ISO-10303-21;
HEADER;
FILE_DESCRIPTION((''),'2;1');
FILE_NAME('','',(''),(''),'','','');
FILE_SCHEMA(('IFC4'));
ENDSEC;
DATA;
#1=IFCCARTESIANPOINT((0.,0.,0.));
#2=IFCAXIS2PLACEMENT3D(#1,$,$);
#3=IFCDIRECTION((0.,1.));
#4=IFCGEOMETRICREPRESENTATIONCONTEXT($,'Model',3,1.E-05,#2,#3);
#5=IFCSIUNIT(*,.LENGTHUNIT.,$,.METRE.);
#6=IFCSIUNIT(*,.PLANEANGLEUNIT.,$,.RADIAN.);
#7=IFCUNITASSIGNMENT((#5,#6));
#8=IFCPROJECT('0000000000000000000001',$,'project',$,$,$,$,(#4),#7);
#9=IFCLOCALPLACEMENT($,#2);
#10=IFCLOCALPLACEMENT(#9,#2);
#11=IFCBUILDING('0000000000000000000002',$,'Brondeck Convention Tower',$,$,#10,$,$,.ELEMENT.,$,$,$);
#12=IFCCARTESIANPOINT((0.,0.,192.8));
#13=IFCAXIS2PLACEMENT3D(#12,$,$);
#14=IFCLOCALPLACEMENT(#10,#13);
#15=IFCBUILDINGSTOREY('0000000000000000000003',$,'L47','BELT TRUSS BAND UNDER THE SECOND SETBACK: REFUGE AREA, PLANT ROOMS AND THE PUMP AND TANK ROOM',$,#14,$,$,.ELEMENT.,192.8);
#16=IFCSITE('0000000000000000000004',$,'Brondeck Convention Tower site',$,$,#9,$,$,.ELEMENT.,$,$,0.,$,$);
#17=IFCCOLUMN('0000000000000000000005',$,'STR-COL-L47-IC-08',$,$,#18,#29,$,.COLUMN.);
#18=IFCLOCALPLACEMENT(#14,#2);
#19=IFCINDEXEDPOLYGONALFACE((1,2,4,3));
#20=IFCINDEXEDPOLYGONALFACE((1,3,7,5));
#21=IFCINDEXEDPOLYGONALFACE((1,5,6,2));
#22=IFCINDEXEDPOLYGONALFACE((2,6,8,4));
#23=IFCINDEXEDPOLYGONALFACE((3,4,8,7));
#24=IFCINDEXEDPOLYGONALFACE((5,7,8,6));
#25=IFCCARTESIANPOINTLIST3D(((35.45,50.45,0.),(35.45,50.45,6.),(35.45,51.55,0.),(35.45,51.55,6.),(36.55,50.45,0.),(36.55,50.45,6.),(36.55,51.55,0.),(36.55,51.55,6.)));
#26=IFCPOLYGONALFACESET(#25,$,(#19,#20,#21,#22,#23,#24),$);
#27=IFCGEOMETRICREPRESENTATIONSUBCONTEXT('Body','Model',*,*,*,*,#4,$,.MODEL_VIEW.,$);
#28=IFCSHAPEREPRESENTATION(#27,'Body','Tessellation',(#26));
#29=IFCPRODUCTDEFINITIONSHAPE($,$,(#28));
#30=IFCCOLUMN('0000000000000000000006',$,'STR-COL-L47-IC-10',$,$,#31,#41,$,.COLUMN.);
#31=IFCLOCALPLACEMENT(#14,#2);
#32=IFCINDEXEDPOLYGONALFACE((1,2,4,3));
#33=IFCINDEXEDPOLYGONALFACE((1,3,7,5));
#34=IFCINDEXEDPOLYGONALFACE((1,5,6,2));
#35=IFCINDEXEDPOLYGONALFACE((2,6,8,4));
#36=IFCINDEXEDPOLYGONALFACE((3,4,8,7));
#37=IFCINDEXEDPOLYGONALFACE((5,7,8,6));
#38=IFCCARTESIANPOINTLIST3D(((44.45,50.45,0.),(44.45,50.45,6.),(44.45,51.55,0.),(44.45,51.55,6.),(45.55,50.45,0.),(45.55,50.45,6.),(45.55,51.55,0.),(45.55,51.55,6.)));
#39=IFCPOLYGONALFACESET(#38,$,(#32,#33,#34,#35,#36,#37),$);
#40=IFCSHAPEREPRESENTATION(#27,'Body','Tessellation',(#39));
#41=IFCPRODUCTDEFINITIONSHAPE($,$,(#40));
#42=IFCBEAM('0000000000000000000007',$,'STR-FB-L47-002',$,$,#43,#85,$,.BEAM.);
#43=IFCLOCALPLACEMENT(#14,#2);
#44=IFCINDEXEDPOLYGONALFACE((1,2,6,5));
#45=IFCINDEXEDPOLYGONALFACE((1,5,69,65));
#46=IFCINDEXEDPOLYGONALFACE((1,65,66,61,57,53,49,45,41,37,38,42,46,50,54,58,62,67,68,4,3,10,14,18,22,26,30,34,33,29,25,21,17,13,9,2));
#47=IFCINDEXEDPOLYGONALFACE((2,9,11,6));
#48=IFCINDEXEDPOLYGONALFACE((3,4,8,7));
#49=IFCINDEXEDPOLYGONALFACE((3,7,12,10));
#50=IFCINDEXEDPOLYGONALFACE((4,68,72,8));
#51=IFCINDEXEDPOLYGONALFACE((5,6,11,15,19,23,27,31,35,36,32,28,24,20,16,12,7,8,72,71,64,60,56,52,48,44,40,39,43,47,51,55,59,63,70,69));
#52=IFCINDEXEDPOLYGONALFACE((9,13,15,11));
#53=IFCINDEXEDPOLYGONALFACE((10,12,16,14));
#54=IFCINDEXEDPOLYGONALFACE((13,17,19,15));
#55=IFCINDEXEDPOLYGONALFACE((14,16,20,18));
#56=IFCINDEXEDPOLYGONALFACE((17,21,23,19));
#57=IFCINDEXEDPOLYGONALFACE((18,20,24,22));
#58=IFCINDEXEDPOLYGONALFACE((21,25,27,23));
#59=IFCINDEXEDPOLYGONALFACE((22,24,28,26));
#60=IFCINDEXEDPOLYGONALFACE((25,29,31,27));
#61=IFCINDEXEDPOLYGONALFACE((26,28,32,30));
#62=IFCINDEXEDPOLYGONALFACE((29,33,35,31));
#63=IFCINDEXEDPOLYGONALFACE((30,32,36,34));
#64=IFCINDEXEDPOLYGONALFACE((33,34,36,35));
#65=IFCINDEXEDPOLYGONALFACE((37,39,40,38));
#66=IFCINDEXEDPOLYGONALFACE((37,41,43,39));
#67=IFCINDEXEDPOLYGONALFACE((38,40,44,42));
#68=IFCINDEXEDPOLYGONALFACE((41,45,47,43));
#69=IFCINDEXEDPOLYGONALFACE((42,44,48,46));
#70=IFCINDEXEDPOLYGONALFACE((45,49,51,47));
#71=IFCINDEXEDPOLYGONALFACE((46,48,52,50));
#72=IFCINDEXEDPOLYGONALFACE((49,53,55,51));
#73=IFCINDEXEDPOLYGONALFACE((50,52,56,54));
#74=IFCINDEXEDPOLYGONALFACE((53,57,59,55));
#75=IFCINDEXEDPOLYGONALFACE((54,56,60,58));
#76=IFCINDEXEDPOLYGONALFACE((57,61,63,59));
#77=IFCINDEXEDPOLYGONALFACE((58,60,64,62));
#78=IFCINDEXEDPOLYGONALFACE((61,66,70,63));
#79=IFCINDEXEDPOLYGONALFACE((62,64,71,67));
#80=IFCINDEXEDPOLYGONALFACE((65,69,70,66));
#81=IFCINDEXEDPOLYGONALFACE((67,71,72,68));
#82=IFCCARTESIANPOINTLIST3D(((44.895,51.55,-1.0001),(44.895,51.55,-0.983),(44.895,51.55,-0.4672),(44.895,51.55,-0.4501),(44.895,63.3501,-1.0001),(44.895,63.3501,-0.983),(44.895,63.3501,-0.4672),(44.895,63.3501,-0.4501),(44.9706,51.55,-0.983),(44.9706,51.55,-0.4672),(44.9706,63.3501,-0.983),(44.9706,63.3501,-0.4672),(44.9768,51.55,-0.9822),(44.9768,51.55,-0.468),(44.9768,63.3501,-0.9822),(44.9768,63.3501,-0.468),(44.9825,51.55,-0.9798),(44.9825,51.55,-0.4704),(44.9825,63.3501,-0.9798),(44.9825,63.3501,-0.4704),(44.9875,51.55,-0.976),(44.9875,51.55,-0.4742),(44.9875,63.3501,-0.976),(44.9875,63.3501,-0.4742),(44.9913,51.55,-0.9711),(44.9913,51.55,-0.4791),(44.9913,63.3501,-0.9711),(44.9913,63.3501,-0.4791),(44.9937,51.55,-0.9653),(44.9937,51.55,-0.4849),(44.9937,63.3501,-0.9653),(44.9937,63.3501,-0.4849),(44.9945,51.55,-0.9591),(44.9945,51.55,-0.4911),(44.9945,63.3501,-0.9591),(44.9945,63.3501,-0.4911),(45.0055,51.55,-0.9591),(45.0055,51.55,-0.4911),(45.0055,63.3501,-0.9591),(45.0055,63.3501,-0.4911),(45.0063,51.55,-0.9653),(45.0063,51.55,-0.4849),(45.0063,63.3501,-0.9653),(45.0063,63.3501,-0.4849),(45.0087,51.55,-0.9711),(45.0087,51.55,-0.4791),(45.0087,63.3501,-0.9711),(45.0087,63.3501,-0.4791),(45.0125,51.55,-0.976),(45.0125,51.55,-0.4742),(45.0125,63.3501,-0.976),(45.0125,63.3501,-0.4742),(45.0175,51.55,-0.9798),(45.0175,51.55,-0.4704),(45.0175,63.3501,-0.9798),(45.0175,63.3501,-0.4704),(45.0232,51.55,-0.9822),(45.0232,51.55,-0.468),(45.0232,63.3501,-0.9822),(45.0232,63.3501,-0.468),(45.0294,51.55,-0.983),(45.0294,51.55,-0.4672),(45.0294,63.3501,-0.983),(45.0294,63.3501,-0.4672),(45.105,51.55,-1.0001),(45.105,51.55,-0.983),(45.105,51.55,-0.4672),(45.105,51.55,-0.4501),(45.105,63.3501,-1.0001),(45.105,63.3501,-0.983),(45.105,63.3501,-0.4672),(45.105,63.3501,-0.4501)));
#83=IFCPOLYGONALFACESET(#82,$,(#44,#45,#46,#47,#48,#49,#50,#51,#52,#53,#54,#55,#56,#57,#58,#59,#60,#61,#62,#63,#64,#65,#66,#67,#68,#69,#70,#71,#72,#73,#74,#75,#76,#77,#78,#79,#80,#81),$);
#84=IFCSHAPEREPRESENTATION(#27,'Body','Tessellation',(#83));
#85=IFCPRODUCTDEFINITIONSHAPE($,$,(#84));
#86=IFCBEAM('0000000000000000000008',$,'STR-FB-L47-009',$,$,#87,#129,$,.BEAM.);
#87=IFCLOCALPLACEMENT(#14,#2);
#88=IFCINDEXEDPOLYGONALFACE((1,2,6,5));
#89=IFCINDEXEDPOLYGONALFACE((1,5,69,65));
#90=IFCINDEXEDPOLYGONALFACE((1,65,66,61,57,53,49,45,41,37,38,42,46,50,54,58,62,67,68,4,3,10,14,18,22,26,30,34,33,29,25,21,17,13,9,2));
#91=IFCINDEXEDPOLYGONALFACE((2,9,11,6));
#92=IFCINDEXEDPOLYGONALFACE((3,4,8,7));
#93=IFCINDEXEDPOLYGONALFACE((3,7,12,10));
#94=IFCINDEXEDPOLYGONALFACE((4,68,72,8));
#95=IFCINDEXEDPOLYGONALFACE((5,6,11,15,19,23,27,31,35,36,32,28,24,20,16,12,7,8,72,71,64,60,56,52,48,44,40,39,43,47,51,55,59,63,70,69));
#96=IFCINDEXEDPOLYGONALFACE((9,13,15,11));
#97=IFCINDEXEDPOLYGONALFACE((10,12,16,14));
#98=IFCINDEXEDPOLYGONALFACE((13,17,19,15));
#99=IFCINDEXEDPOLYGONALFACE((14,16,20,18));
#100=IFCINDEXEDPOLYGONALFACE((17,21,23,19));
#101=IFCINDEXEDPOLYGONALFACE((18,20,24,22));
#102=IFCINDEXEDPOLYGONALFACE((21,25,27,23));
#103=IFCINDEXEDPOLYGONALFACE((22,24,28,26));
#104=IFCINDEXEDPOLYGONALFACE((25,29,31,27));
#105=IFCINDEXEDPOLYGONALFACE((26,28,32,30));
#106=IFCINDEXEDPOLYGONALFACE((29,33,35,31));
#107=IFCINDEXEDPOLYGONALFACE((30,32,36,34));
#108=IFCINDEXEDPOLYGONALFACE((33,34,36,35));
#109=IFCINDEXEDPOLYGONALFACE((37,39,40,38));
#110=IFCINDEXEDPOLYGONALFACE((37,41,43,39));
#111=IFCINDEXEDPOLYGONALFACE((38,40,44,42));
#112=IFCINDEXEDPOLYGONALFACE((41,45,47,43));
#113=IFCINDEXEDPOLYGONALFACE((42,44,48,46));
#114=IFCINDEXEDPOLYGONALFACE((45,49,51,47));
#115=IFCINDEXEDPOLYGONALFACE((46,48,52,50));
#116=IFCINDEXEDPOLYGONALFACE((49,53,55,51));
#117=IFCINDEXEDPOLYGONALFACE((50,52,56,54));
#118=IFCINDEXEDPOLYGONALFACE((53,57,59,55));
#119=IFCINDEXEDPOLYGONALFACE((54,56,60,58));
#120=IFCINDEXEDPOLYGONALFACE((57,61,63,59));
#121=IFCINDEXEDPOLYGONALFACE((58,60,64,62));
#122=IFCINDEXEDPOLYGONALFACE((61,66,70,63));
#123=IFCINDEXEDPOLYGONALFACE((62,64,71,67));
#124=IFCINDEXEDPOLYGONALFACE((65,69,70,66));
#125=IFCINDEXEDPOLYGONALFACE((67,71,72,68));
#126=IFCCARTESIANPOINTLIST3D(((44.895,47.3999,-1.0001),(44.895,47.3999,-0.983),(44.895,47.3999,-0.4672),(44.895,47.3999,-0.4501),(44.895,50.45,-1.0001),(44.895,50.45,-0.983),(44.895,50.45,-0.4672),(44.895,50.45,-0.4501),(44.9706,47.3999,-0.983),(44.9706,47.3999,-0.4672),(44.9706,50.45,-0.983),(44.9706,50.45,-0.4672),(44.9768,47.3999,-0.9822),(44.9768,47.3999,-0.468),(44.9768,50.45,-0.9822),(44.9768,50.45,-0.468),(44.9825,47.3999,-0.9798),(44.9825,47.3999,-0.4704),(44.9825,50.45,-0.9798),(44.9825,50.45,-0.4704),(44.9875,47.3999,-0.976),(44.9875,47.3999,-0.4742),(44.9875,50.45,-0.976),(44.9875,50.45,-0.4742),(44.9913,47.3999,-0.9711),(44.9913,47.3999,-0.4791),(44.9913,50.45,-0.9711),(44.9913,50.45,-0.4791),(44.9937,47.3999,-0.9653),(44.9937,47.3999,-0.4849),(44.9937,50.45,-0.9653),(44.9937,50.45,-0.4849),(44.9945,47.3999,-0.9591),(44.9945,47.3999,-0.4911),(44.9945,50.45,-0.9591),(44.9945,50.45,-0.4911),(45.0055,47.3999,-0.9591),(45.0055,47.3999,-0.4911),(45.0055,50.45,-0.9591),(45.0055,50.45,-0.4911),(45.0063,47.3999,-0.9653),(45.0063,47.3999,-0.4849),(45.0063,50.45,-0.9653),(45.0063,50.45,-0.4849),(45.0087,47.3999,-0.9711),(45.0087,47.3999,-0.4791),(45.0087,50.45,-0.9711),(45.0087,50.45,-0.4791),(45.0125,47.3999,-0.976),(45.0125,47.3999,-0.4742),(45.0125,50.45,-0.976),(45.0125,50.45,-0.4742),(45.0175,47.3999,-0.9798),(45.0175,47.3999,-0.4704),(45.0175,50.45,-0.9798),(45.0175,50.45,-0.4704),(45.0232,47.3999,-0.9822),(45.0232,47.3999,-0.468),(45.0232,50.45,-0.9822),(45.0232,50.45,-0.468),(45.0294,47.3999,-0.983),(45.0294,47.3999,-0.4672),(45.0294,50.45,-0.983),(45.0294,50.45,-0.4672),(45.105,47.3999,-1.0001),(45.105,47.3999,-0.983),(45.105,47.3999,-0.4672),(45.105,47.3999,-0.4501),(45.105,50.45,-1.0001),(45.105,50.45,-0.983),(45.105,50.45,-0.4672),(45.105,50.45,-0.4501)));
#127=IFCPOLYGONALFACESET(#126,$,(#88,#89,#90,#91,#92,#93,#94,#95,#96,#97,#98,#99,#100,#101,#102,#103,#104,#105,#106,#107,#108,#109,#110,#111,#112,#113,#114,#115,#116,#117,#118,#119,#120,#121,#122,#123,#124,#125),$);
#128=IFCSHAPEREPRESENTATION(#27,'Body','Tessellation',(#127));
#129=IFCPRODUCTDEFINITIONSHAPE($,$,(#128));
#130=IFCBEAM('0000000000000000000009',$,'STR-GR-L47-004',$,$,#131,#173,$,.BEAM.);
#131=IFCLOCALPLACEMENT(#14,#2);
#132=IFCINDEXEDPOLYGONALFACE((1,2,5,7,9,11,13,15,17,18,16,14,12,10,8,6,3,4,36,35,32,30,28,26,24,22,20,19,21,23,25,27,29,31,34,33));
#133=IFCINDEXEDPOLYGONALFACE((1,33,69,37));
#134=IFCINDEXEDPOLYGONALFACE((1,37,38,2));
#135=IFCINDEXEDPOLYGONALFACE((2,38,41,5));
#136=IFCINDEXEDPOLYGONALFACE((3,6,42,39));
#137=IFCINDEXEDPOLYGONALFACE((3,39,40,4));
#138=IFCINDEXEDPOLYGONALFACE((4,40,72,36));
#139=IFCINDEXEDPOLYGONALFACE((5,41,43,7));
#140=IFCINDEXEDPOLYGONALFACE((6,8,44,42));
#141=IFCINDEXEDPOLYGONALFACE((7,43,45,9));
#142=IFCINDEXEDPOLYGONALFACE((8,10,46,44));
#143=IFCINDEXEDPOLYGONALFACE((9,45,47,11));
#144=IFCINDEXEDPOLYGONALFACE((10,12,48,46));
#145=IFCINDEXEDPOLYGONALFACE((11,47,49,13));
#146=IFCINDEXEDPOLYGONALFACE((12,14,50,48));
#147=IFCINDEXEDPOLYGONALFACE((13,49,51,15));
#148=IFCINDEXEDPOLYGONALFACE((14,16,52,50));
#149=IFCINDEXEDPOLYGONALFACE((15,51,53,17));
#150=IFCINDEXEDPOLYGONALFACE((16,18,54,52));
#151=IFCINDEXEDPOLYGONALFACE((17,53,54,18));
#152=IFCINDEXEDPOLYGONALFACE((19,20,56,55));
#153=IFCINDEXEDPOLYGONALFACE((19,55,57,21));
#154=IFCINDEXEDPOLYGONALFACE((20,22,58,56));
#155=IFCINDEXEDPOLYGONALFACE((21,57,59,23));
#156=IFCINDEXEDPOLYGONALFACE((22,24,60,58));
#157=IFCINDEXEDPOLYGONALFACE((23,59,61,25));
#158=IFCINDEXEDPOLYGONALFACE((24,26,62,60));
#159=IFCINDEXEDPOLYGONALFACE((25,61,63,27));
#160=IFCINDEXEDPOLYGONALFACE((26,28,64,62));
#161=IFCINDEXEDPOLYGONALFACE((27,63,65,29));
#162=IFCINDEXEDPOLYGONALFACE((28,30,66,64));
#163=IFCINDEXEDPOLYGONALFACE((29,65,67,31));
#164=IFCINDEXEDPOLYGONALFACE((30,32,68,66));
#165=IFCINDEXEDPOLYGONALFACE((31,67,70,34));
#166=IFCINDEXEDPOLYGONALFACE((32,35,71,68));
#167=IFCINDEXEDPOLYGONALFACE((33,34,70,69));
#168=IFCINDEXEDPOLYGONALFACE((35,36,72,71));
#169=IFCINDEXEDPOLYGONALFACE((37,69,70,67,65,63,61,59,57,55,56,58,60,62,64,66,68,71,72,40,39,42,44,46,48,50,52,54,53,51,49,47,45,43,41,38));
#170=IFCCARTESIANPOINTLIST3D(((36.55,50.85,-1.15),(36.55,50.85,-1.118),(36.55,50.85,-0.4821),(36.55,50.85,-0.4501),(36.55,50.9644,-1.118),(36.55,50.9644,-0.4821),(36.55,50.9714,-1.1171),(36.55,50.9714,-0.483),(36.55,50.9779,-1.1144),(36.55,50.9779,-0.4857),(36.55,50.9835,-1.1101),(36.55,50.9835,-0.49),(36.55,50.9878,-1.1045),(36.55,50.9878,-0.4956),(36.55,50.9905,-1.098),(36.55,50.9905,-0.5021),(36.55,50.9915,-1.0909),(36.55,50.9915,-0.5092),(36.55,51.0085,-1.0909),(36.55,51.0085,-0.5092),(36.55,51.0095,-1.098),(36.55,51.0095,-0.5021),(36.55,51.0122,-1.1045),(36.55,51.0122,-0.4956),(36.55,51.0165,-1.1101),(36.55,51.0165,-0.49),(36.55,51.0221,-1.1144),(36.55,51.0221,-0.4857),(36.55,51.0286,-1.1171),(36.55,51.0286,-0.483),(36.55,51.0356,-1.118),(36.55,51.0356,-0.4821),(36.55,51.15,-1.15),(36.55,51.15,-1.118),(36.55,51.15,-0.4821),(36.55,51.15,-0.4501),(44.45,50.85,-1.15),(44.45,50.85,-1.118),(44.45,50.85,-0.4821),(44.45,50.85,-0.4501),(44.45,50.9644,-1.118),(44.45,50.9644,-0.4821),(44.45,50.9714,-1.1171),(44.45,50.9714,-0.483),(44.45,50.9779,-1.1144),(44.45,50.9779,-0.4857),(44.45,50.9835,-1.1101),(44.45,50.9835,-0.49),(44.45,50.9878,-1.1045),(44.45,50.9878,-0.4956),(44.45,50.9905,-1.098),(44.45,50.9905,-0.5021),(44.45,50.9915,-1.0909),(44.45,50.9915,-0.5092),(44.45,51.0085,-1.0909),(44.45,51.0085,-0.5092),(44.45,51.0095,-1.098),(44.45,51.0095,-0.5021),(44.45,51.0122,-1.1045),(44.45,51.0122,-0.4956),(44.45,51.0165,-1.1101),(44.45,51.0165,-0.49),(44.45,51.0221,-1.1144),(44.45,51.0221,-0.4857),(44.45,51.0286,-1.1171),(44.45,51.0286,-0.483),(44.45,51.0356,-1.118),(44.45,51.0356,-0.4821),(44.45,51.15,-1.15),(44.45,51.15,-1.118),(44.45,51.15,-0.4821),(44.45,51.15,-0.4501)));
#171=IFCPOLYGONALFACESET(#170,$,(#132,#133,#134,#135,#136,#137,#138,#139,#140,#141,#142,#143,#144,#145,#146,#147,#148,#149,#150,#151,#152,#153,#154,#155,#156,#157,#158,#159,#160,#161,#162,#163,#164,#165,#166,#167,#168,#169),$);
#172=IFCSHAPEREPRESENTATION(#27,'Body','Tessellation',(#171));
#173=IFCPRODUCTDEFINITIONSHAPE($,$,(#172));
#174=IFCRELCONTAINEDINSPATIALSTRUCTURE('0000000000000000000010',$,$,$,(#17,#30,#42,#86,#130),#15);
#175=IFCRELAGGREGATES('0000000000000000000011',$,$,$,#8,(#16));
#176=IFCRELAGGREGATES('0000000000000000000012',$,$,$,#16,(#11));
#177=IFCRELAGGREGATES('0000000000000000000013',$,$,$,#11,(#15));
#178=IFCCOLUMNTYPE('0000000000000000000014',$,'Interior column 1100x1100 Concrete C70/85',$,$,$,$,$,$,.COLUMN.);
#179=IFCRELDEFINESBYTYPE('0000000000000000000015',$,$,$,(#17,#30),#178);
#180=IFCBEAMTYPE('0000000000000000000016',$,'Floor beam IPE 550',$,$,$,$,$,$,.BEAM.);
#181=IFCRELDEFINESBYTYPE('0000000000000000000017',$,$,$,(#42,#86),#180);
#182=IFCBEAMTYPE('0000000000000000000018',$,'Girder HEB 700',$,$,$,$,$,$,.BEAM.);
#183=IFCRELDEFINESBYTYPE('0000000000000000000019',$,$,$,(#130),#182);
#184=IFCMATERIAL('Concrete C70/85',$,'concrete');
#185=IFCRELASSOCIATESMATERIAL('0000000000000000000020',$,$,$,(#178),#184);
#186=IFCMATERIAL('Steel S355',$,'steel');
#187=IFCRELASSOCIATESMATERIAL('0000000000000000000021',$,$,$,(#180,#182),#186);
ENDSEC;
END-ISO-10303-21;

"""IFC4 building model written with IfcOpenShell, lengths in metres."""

from ifc_helpers import new_model, si_unit, direction, frame, origin, origin_2d, place, context, subcontext, project, spatial, rectangle, i_section, extrude, material, material_profile, profile_set, type_object, element, save


model = new_model("IFC4")

# Units and contexts
model_context = context("Model", 3, precision=1e-05, world=origin(), true_north=direction((0.0, 1.0)))
body_context = subcontext(model_context, "Body", "Model", "MODEL_VIEW")
ifc_project = project(units=[si_unit("LENGTHUNIT", "METRE"), si_unit("PLANEANGLEUNIT", "RADIAN")], contexts=[model_context])

# Site, building, storey
site_placement = place(None, origin())
site = spatial("IfcSite", under=ifc_project, at=site_placement, Name="Brondeck Convention Tower site", CompositionType="ELEMENT", RefElevation=0.0)
building_placement = place(site_placement, origin())
building = spatial("IfcBuilding", under=site, at=building_placement, Name="Brondeck Convention Tower", CompositionType="ELEMENT")
storey_placement = place(building_placement, frame((0.0, 0.0, 192.8)))
storey = spatial("IfcBuildingStorey", under=building, at=storey_placement, Name="L47", Description="BELT TRUSS BAND UNDER THE SECOND SETBACK: REFUGE AREA, PLANT ROOMS AND THE PUMP AND TANK ROOM", CompositionType="ELEMENT", Elevation=192.8)

# Columns
ifc_material_1 = material(Name="Concrete C70/85", Category="concrete")
ifc_material_profile_1 = material_profile(ifc_material_1, rectangle(XDim=1.1001, YDim=1.1001, at=origin_2d()), Name="Interior column 1100x1100 Concrete C70/85")
ifc_profile_set_1 = profile_set([ifc_material_profile_1], Name="Concrete C70/85")
column_type = type_object("IfcColumnType", Name="Interior column 1100x1100 Concrete C70/85", PredefinedType="COLUMN", material=ifc_profile_set_1)
for number, where, z_axis, x_axis, name in (
    (1, (36.0, 51.0, 0.0), (0.0, 0.0, 1.0), (1.0, 0.0, 0.0), "STR-COL-L47-IC-08"),
    (2, (45.0, 51.0, 0.0), (0.0, 0.0, 1.0), (1.0, 0.0, 0.0), "STR-COL-L47-IC-10"),
):
    element("IfcColumn", number, at=place(storey_placement, frame(where, z_axis=z_axis, x_axis=x_axis)), inside=storey, type_object=column_type, Name=name, PredefinedType="COLUMN", context=body_context, shape_type="SweptSolid", body=[
        extrude(rectangle(XDim=1.1001, YDim=1.1001, at=origin_2d()), origin(), (0.0, 0.0, 1.0), 6.0),
    ])

# Beams
ifc_material_2 = material(Name="Steel S355", Category="steel")
ifc_material_profile_2 = material_profile(ifc_material_2, i_section(OverallWidth=0.21, OverallDepth=0.55, WebThickness=0.011, FlangeThickness=0.0171, FilletRadius=0.0239, at=origin_2d()), Name="IPE 550")
ifc_profile_set_2 = profile_set([ifc_material_profile_2], Name="Steel S355")
beam_type_1 = type_object("IfcBeamType", Name="Floor beam IPE 550", PredefinedType="BEAM", material=ifc_profile_set_2)
beam_1_placement = place(storey_placement, frame((45.0, 51.55, -0.7251), z_axis=(0.0, 1.0, 0.0), x_axis=(-1.0, 0.0, 0.0)))
element("IfcBeam", 3, at=beam_1_placement, inside=storey, type_object=beam_type_1, Name="STR-FB-L47-002", PredefinedType="BEAM", context=body_context, shape_type="SweptSolid", body=[
    extrude(i_section(OverallWidth=0.21, OverallDepth=0.55, WebThickness=0.011, FlangeThickness=0.0171, FilletRadius=0.0239, at=origin_2d()), origin(), (0.0, 0.0, 1.0), 11.8),
])
beam_2_placement = place(storey_placement, frame((45.0, 47.3999, -0.7251), z_axis=(0.0, 1.0, 0.0), x_axis=(-1.0, 0.0, 0.0)))
element("IfcBeam", 4, at=beam_2_placement, inside=storey, type_object=beam_type_1, Name="STR-FB-L47-009", PredefinedType="BEAM", context=body_context, shape_type="SweptSolid", body=[
    extrude(i_section(OverallWidth=0.21, OverallDepth=0.55, WebThickness=0.011, FlangeThickness=0.0171, FilletRadius=0.0239, at=origin_2d()), origin(), (0.0, 0.0, 1.0), 3.05),
])
ifc_material_profile_3 = material_profile(ifc_material_2, i_section(OverallWidth=0.3, OverallDepth=0.7, WebThickness=0.0171, FlangeThickness=0.032, FilletRadius=0.0271, at=origin_2d()), Name="HEB 700")
ifc_profile_set_3 = profile_set([ifc_material_profile_3], Name="Steel S355")
beam_type_2 = type_object("IfcBeamType", Name="Girder HEB 700", PredefinedType="BEAM", material=ifc_profile_set_3)
beam_3_placement = place(storey_placement, frame((36.55, 51.0, -0.8), z_axis=(1.0, 0.0, 0.0), x_axis=(0.0, 1.0, 0.0)))
element("IfcBeam", 5, at=beam_3_placement, inside=storey, type_object=beam_type_2, Name="STR-GR-L47-004", PredefinedType="BEAM", context=body_context, shape_type="SweptSolid", body=[
    extrude(i_section(OverallWidth=0.3, OverallDepth=0.7, WebThickness=0.0171, FlangeThickness=0.032, FilletRadius=0.0271, at=origin_2d()), origin(), (0.0, 0.0, 1.0), 7.8999),
])

save(model, "model.ifc")
